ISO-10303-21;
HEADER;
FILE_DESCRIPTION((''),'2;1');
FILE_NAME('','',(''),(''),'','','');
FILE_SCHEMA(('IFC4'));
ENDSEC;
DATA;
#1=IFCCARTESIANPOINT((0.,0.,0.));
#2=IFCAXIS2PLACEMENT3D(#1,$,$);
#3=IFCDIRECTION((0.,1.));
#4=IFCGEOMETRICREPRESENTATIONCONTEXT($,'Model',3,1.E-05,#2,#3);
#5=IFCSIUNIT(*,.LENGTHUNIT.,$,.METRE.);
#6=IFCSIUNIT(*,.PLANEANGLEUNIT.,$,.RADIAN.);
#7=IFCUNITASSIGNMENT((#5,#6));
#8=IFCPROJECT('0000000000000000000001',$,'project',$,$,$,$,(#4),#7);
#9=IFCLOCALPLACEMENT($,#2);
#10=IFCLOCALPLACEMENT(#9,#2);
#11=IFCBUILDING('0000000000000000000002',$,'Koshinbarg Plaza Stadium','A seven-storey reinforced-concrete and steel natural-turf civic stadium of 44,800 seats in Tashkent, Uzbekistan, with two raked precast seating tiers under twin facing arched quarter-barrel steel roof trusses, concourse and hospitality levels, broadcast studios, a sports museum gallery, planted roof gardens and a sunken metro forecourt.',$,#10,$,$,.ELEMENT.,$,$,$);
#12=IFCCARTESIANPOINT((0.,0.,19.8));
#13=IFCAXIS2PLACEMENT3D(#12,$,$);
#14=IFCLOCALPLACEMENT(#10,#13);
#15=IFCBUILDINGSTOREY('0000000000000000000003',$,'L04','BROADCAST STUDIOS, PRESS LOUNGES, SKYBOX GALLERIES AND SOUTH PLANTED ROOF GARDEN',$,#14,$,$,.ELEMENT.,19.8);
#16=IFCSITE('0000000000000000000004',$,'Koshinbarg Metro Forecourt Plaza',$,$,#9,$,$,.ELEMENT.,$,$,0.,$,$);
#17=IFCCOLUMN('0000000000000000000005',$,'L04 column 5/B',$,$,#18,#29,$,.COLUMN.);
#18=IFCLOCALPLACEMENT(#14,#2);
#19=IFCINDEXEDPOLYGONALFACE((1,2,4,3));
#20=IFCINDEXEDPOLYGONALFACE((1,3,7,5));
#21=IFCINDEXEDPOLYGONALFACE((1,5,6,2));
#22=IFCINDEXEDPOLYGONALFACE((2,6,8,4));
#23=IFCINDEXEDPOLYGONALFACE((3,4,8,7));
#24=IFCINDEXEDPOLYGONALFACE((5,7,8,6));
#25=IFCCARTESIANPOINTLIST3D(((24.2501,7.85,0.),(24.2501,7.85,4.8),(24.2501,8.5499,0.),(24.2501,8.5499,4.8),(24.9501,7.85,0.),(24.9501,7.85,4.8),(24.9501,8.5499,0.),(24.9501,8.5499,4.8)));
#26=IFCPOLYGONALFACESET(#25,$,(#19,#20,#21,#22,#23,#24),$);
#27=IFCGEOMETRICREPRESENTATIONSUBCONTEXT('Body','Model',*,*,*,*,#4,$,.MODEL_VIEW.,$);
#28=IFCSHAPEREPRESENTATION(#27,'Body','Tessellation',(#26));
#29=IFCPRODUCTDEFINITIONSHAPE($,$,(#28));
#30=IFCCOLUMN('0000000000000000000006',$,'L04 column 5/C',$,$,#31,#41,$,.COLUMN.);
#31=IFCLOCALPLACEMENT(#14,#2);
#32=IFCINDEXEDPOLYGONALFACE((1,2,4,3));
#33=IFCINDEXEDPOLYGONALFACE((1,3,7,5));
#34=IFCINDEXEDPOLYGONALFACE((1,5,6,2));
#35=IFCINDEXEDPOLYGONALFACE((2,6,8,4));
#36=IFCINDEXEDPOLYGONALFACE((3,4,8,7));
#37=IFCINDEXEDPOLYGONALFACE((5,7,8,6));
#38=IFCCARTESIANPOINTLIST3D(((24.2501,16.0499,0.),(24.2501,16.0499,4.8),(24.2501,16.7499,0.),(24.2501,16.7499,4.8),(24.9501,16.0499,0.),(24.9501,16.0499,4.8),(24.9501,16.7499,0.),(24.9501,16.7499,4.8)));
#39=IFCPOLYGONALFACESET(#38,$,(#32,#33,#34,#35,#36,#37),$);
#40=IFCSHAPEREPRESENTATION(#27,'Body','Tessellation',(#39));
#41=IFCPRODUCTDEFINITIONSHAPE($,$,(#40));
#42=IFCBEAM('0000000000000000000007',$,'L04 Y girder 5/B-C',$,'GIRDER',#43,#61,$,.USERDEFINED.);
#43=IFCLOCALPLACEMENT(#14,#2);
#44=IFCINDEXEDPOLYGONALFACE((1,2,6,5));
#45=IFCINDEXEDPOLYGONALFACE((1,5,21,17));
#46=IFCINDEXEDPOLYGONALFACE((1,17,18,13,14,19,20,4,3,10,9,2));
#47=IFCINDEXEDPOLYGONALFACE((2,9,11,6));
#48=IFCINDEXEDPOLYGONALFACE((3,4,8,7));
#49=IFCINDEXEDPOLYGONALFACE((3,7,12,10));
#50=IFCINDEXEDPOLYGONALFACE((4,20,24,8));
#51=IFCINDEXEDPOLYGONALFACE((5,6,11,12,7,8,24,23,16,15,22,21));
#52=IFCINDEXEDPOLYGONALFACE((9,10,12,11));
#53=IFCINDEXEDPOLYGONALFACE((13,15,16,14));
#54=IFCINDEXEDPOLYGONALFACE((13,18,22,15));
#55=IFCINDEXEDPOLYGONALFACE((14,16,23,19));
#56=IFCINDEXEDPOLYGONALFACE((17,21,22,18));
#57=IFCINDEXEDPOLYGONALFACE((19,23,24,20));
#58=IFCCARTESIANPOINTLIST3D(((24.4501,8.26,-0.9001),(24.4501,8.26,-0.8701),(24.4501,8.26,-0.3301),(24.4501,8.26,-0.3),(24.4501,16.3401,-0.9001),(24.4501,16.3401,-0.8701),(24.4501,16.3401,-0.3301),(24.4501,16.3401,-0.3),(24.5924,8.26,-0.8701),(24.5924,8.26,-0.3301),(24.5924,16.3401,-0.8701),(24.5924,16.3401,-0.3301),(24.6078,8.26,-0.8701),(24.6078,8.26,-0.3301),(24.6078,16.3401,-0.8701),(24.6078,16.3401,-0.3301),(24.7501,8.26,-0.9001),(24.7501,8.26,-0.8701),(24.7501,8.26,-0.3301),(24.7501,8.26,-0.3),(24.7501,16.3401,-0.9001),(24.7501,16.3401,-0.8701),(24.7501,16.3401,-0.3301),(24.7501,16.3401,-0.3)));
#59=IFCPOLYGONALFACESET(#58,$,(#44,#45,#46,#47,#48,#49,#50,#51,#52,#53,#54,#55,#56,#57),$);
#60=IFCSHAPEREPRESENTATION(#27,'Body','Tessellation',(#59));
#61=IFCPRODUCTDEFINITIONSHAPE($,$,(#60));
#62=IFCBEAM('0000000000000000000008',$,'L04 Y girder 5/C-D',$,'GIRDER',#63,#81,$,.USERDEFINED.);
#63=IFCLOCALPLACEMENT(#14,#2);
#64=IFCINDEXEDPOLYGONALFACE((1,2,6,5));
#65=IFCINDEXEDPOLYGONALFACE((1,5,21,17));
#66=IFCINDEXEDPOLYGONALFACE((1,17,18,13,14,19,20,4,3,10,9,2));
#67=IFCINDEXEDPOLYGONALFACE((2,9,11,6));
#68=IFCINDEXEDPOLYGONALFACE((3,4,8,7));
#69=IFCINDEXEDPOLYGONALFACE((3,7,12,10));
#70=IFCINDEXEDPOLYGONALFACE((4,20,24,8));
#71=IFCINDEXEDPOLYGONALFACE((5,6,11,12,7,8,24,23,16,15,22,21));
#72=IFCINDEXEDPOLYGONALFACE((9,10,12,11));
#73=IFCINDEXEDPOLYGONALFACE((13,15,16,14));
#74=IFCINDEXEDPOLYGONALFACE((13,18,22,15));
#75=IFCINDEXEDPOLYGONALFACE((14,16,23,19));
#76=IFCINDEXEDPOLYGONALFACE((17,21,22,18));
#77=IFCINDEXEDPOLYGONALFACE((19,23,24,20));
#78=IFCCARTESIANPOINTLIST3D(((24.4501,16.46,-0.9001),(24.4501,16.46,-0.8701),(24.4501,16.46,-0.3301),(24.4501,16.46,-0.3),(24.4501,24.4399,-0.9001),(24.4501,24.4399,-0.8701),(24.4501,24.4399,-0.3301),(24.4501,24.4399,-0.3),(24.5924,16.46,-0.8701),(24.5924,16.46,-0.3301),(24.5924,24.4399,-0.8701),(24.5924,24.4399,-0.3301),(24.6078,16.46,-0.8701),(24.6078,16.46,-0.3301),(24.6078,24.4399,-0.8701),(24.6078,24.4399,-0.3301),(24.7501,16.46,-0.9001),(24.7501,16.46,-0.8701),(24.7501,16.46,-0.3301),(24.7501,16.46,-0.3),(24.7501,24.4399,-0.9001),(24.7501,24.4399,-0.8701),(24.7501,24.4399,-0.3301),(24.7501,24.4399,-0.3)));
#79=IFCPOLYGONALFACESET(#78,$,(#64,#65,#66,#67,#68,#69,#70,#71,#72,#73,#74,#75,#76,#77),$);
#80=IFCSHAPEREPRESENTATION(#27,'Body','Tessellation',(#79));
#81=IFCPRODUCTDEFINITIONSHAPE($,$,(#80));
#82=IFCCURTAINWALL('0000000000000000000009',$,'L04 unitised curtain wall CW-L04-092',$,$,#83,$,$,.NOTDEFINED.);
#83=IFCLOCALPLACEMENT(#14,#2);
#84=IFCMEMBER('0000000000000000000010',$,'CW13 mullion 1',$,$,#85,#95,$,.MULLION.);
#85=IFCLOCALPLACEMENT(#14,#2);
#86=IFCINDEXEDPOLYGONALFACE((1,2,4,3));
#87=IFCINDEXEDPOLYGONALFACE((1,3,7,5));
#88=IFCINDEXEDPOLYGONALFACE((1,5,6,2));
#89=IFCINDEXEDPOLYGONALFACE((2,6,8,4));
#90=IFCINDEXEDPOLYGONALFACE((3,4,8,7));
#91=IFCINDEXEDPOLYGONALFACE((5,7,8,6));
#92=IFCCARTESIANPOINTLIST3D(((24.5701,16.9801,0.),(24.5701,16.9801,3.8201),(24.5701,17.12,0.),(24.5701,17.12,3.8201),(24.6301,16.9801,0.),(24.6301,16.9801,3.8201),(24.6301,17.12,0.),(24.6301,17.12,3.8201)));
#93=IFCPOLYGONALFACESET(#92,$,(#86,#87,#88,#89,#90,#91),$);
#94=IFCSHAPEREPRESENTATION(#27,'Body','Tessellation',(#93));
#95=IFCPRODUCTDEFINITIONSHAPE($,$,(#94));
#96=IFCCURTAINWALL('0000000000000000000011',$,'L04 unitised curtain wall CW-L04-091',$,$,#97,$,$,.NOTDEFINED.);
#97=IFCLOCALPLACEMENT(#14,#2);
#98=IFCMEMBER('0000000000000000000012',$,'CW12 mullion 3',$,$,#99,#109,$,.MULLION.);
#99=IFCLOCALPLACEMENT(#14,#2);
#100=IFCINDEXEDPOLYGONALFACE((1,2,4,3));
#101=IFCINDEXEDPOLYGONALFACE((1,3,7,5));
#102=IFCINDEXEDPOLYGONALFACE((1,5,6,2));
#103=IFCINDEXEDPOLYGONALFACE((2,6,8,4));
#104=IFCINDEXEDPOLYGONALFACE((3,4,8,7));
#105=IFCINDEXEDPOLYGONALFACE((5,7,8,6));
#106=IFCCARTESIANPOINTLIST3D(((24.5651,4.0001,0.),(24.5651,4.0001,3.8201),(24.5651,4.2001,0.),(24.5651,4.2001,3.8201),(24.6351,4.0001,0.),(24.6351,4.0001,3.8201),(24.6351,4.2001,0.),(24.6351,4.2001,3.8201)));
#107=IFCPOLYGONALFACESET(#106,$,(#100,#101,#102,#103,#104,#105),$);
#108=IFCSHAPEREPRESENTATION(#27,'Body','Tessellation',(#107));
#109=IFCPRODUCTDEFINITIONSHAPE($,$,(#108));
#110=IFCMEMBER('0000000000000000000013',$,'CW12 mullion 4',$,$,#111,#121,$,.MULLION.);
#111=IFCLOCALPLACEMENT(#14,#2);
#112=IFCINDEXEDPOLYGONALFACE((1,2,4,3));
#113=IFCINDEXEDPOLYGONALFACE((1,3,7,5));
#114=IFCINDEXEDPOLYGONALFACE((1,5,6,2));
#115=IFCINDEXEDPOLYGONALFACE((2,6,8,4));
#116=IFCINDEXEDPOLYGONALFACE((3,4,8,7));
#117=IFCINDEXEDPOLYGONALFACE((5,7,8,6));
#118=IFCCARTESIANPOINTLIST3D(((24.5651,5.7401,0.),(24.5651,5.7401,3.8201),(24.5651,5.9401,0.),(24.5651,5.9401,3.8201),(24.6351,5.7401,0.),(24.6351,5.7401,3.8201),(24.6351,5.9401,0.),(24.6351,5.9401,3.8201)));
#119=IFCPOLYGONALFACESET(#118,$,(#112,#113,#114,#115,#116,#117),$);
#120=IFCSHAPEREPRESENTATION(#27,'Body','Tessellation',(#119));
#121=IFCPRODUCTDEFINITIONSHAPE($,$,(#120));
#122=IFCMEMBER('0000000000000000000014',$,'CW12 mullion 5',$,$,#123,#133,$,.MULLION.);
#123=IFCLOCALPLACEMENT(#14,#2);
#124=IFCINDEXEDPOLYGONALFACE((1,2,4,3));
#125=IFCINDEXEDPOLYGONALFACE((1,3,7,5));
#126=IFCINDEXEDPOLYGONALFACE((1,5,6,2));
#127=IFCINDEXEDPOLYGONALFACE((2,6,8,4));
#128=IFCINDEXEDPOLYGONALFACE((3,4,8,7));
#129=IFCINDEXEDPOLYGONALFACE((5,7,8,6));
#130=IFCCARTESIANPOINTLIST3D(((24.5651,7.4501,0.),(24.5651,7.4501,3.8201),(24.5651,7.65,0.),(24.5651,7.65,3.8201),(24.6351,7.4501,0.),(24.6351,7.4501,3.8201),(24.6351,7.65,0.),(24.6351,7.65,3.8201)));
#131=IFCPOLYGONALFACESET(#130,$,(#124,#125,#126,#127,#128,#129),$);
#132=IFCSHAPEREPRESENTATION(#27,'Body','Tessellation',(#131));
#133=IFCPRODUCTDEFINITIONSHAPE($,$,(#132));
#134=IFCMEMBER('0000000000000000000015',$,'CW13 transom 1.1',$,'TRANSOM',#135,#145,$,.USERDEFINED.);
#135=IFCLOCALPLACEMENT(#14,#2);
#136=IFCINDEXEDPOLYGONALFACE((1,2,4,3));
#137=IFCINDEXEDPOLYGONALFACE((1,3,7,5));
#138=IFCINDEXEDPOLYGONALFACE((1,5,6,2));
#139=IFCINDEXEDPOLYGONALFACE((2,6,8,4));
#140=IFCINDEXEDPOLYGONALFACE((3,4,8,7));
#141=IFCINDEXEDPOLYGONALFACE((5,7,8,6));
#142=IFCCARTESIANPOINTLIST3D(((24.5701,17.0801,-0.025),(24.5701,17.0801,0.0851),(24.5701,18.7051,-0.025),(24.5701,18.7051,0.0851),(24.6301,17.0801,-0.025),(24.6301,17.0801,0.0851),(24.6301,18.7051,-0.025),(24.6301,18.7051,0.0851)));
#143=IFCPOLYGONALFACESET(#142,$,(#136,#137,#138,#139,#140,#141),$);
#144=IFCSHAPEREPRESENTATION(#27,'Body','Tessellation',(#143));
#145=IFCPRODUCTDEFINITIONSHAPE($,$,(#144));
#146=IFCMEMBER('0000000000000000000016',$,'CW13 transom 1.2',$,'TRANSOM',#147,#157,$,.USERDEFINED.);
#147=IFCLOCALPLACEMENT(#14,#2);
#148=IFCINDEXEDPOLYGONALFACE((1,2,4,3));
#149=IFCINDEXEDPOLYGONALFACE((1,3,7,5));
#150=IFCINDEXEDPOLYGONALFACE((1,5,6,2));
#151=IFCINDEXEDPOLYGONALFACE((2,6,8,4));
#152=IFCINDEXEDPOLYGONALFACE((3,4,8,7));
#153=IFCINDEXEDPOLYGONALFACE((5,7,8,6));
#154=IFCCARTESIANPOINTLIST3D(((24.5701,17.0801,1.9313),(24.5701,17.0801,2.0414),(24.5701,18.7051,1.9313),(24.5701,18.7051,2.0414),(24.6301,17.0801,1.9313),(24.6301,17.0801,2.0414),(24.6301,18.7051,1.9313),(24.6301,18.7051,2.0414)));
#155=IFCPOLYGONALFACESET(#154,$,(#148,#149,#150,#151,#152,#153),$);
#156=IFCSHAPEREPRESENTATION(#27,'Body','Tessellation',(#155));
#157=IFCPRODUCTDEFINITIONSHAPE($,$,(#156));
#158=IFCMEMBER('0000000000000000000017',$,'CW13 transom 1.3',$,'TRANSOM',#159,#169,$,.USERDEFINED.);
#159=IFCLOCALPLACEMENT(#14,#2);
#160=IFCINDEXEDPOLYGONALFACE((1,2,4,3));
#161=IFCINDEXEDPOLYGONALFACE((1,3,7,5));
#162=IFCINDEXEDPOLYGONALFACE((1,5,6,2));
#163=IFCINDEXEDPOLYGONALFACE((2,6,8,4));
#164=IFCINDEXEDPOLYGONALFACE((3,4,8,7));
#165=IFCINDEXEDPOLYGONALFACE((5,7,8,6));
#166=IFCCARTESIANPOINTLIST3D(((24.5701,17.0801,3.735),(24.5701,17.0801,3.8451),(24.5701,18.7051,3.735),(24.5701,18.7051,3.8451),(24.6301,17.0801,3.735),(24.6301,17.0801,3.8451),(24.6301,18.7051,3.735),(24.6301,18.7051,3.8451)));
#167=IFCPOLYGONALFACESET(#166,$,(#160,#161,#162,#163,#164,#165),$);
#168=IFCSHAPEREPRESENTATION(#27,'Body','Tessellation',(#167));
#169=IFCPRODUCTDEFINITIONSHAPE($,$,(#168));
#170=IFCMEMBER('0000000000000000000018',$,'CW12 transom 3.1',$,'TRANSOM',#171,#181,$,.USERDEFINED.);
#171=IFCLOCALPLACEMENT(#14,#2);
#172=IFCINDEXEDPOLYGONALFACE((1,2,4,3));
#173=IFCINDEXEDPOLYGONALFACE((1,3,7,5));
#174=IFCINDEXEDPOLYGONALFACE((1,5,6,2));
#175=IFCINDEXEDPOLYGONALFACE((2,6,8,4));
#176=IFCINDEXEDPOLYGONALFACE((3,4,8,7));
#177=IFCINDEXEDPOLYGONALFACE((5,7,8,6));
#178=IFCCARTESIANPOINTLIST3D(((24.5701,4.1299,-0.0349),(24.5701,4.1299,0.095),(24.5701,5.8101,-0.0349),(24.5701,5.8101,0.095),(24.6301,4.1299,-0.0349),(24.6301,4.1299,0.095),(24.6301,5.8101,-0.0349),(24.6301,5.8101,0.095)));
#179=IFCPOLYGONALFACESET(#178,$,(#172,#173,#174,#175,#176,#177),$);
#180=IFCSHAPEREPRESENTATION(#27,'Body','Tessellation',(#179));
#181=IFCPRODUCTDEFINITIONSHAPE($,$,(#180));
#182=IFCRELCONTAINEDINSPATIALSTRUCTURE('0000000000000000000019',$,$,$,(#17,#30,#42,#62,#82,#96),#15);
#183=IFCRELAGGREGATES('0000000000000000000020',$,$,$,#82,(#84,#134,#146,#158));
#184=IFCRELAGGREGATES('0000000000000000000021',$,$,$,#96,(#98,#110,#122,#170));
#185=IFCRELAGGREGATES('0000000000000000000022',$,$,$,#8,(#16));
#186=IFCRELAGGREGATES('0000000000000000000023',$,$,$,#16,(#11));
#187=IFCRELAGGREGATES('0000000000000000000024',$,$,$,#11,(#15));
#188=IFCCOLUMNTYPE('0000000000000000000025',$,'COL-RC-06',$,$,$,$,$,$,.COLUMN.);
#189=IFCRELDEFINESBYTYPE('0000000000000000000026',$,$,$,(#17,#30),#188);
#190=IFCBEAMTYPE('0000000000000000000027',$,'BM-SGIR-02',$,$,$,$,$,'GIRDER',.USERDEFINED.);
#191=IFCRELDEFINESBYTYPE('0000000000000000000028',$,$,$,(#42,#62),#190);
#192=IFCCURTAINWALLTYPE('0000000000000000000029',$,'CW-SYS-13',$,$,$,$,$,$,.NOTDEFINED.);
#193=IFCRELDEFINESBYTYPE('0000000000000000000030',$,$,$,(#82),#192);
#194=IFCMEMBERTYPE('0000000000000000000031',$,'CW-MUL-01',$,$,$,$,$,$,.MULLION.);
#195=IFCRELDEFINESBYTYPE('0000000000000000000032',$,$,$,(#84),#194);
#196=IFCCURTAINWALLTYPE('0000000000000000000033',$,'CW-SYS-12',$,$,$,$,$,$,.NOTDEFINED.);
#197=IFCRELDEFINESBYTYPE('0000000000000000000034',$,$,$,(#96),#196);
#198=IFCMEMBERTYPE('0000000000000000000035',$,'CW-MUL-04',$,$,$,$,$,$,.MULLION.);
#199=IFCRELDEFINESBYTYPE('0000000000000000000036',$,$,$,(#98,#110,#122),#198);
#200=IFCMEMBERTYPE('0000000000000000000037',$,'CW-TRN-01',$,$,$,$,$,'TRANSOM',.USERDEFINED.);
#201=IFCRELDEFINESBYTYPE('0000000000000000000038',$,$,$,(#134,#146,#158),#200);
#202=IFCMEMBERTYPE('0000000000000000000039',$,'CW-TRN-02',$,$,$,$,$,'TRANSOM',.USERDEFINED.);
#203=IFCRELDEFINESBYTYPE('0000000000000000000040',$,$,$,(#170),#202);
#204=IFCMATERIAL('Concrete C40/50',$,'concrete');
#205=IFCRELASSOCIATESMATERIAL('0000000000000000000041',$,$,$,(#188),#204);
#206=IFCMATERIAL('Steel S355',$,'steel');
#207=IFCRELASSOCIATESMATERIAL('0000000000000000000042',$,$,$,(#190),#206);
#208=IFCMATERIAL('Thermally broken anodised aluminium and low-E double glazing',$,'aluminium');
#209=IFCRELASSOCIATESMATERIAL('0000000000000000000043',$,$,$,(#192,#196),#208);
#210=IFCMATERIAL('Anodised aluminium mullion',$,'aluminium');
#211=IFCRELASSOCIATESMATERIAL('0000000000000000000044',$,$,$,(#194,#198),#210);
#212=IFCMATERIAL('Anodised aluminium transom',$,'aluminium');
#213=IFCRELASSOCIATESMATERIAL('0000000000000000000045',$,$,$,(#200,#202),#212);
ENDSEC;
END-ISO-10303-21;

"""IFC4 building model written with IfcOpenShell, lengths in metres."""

from ifc_helpers import new_model, si_unit, direction, frame, origin, origin_2d, place, context, subcontext, project, spatial, rectangle, i_section, extrude, material, material_profile, profile_set, type_object, element, aggregate, save


model = new_model("IFC4")

# Units and contexts
model_context = context("Model", 3, precision=1e-05, world=origin(), true_north=direction((0.0, 1.0)))
body_context = subcontext(model_context, "Body", "Model", "MODEL_VIEW")
ifc_project = project(units=[si_unit("LENGTHUNIT", "METRE"), si_unit("PLANEANGLEUNIT", "RADIAN")], contexts=[model_context])

# Site, building, storey
site_placement = place(None, origin())
site = spatial("IfcSite", under=ifc_project, at=site_placement, Name="Koshinbarg Metro Forecourt Plaza", CompositionType="ELEMENT", RefElevation=0.0)
building_placement = place(site_placement, origin())
building = spatial("IfcBuilding", under=site, at=building_placement, Name="Koshinbarg Plaza Stadium", Description="A seven-storey reinforced-concrete and steel natural-turf civic stadium of 44,800 seats in Tashkent, Uzbekistan, with two raked precast seating tiers under twin facing arched quarter-barrel steel roof trusses, concourse and hospitality levels, broadcast studios, a sports museum gallery, planted roof gardens and a sunken metro forecourt.", CompositionType="ELEMENT")
storey_placement = place(building_placement, frame((0.0, 0.0, 19.8)))
storey = spatial("IfcBuildingStorey", under=building, at=storey_placement, Name="L04", Description="BROADCAST STUDIOS, PRESS LOUNGES, SKYBOX GALLERIES AND SOUTH PLANTED ROOF GARDEN", CompositionType="ELEMENT", Elevation=19.8)

# Columns
ifc_material_1 = material(Name="Concrete C40/50", Category="concrete")
ifc_material_profile_1 = material_profile(ifc_material_1, rectangle(XDim=0.7, YDim=0.7, at=origin_2d()), Name="RC 700x700")
ifc_profile_set_1 = profile_set([ifc_material_profile_1], Name="Concrete C40/50")
column_type = type_object("IfcColumnType", Name="COL-RC-06", PredefinedType="COLUMN", material=ifc_profile_set_1)
for number, where, z_axis, x_axis, name in (
    (1, (24.6001, 8.2, 0.0), (0.0, 0.0, 1.0), (1.0, 0.0, 0.0), "L04 column 5/B"),
    (2, (24.6001, 16.3999, 0.0), (0.0, 0.0, 1.0), (1.0, 0.0, 0.0), "L04 column 5/C"),
):
    element("IfcColumn", number, at=place(storey_placement, frame(where, z_axis=z_axis, x_axis=x_axis)), inside=storey, type_object=column_type, Name=name, PredefinedType="COLUMN", context=body_context, shape_type="SweptSolid", body=[
        extrude(rectangle(XDim=0.7, YDim=0.7, at=origin_2d()), origin(), (0.0, 0.0, 1.0), 4.8),
    ])

# Beams
ifc_material_2 = material(Name="Steel S355", Category="steel")
ifc_material_profile_2 = material_profile(ifc_material_2, i_section(OverallWidth=0.3, OverallDepth=0.6001, WebThickness=0.0154, FlangeThickness=0.03, at=origin_2d()), Name="HEB 600")
ifc_profile_set_2 = profile_set([ifc_material_profile_2], Name="Steel S355")
beam_type = type_object("IfcBeamType", Name="BM-SGIR-02", ElementType="GIRDER", PredefinedType="USERDEFINED", material=ifc_profile_set_2)
beam_1_placement = place(storey_placement, frame((24.6001, 8.26, -0.6001), z_axis=(0.0, 1.0, 0.0), x_axis=(-1.0, 0.0, 0.0)))
element("IfcBeam", 3, at=beam_1_placement, inside=storey, type_object=beam_type, Name="L04 Y girder 5/B-C", ObjectType="GIRDER", PredefinedType="USERDEFINED", context=body_context, shape_type="SweptSolid", body=[
    extrude(i_section(OverallWidth=0.3, OverallDepth=0.6001, WebThickness=0.0154, FlangeThickness=0.03, at=origin_2d()), origin(), (0.0, 0.0, 1.0), 8.0801),
])
beam_2_placement = place(storey_placement, frame((24.6001, 16.46, -0.6001), z_axis=(0.0, 1.0, 0.0), x_axis=(-1.0, 0.0, 0.0)))
element("IfcBeam", 4, at=beam_2_placement, inside=storey, type_object=beam_type, Name="L04 Y girder 5/C-D", ObjectType="GIRDER", PredefinedType="USERDEFINED", context=body_context, shape_type="SweptSolid", body=[
    extrude(i_section(OverallWidth=0.3, OverallDepth=0.6001, WebThickness=0.0154, FlangeThickness=0.03, at=origin_2d()), origin(), (0.0, 0.0, 1.0), 7.98),
])

# Curtain wall, member
ifc_material_3 = material(Name="Thermally broken anodised aluminium and low-E double glazing", Category="aluminium")
curtain_wall_type_1 = type_object("IfcCurtainWallType", Name="CW-SYS-13", PredefinedType="NOTDEFINED", material=ifc_material_3)
curtain_wall_1_placement = place(storey_placement, origin())
curtain_wall_1 = element("IfcCurtainWall", 5, at=curtain_wall_1_placement, inside=storey, type_object=curtain_wall_type_1, Name="L04 unitised curtain wall CW-L04-092", PredefinedType="NOTDEFINED")
ifc_material_4 = material(Name="Anodised aluminium mullion", Category="aluminium")
ifc_material_profile_3 = material_profile(ifc_material_4, rectangle(XDim=0.0601, YDim=0.1399, at=origin_2d()), Name="ALU 60x140")
ifc_profile_set_3 = profile_set([ifc_material_profile_3], Name="Anodised aluminium mullion")
member_type_1 = type_object("IfcMemberType", Name="CW-MUL-01", PredefinedType="MULLION", material=ifc_profile_set_3)
member_1_placement = place(storey_placement, frame((24.6001, 17.05, 0.0), z_axis=(0.0, 0.0, 1.0), x_axis=(-1.0, 0.0, 0.0)))
member_1 = element("IfcMember", 6, at=member_1_placement, type_object=member_type_1, Name="CW13 mullion 1", PredefinedType="MULLION", context=body_context, shape_type="SweptSolid", body=[
    extrude(rectangle(XDim=0.0601, YDim=0.1399, at=origin_2d()), origin(), (0.0, 0.0, 1.0), 3.8201),
])

# Curtain wall, members
curtain_wall_type_2 = type_object("IfcCurtainWallType", Name="CW-SYS-12", PredefinedType="NOTDEFINED", material=ifc_material_3)
curtain_wall_2_placement = place(storey_placement, origin())
curtain_wall_2 = element("IfcCurtainWall", 7, at=curtain_wall_2_placement, inside=storey, type_object=curtain_wall_type_2, Name="L04 unitised curtain wall CW-L04-091", PredefinedType="NOTDEFINED")
ifc_material_profile_4 = material_profile(ifc_material_4, rectangle(XDim=0.0701, YDim=0.2, at=origin_2d()), Name="ALU 70x200")
ifc_profile_set_4 = profile_set([ifc_material_profile_4], Name="Anodised aluminium mullion")
member_type_2 = type_object("IfcMemberType", Name="CW-MUL-04", PredefinedType="MULLION", material=ifc_profile_set_4)
member_2_placement = place(storey_placement, frame((24.6001, 4.1001, 0.0), z_axis=(0.0, 0.0, 1.0), x_axis=(-1.0, 0.0, 0.0)))
member_2 = element("IfcMember", 8, at=member_2_placement, type_object=member_type_2, Name="CW12 mullion 3", PredefinedType="MULLION", context=body_context, shape_type="SweptSolid", body=[
    extrude(rectangle(XDim=0.0701, YDim=0.2, at=origin_2d()), origin(), (0.0, 0.0, 1.0), 3.8201),
])
member_3_placement = place(storey_placement, frame((24.6001, 5.8401, 0.0), z_axis=(0.0, 0.0, 1.0), x_axis=(-1.0, 0.0, 0.0)))
member_3 = element("IfcMember", 9, at=member_3_placement, type_object=member_type_2, Name="CW12 mullion 4", PredefinedType="MULLION", context=body_context, shape_type="SweptSolid", body=[
    extrude(rectangle(XDim=0.0701, YDim=0.2, at=origin_2d()), origin(), (0.0, 0.0, 1.0), 3.8201),
])
member_4_placement = place(storey_placement, frame((24.6001, 7.55, 0.0), z_axis=(0.0, 0.0, 1.0), x_axis=(-1.0, 0.0, 0.0)))
member_4 = element("IfcMember", 10, at=member_4_placement, type_object=member_type_2, Name="CW12 mullion 5", PredefinedType="MULLION", context=body_context, shape_type="SweptSolid", body=[
    extrude(rectangle(XDim=0.0701, YDim=0.2, at=origin_2d()), origin(), (0.0, 0.0, 1.0), 3.8201),
])

# Members
ifc_material_5 = material(Name="Anodised aluminium transom", Category="aluminium")
ifc_material_profile_5 = material_profile(ifc_material_5, rectangle(XDim=0.0601, YDim=0.1101, at=origin_2d()), Name="ALU 60x110")
ifc_profile_set_5 = profile_set([ifc_material_profile_5], Name="Anodised aluminium transom")
member_type_3 = type_object("IfcMemberType", Name="CW-TRN-01", ElementType="TRANSOM", PredefinedType="USERDEFINED", material=ifc_profile_set_5)
member_5_placement = place(storey_placement, frame((24.6001, 17.0801, 0.03), z_axis=(0.0, 1.0, 0.0), x_axis=(-1.0, 0.0, 0.0)))
member_5 = element("IfcMember", 11, at=member_5_placement, type_object=member_type_3, Name="CW13 transom 1.1", ObjectType="TRANSOM", PredefinedType="USERDEFINED", context=body_context, shape_type="SweptSolid", body=[
    extrude(rectangle(XDim=0.0601, YDim=0.1101, at=origin_2d()), origin(), (0.0, 0.0, 1.0), 1.625),
])
member_6_placement = place(storey_placement, frame((24.6001, 17.0801, 1.9863), z_axis=(0.0, 1.0, 0.0), x_axis=(-1.0, 0.0, 0.0)))
member_6 = element("IfcMember", 12, at=member_6_placement, type_object=member_type_3, Name="CW13 transom 1.2", ObjectType="TRANSOM", PredefinedType="USERDEFINED", context=body_context, shape_type="SweptSolid", body=[
    extrude(rectangle(XDim=0.0601, YDim=0.1101, at=origin_2d()), origin(), (0.0, 0.0, 1.0), 1.625),
])
member_7_placement = place(storey_placement, frame((24.6001, 17.0801, 3.79), z_axis=(0.0, 1.0, 0.0), x_axis=(-1.0, 0.0, 0.0)))
member_7 = element("IfcMember", 13, at=member_7_placement, type_object=member_type_3, Name="CW13 transom 1.3", ObjectType="TRANSOM", PredefinedType="USERDEFINED", context=body_context, shape_type="SweptSolid", body=[
    extrude(rectangle(XDim=0.0601, YDim=0.1101, at=origin_2d()), origin(), (0.0, 0.0, 1.0), 1.625),
])
ifc_material_profile_6 = material_profile(ifc_material_5, rectangle(XDim=0.0601, YDim=0.1299, at=origin_2d()), Name="ALU 60x130")
ifc_profile_set_6 = profile_set([ifc_material_profile_6], Name="Anodised aluminium transom")
member_type_4 = type_object("IfcMemberType", Name="CW-TRN-02", ElementType="TRANSOM", PredefinedType="USERDEFINED", material=ifc_profile_set_6)
member_8_placement = place(storey_placement, frame((24.6001, 4.1299, 0.03), z_axis=(0.0, 1.0, 0.0), x_axis=(-1.0, 0.0, 0.0)))
member_8 = element("IfcMember", 14, at=member_8_placement, type_object=member_type_4, Name="CW12 transom 3.1", ObjectType="TRANSOM", PredefinedType="USERDEFINED", context=body_context, shape_type="SweptSolid", body=[
    extrude(rectangle(XDim=0.0601, YDim=0.1299, at=origin_2d()), origin(), (0.0, 0.0, 1.0), 1.6802),
])

aggregate(curtain_wall_1, [member_1, member_5, member_6, member_7])
aggregate(curtain_wall_2, [member_2, member_3, member_4, member_8])

save(model, "model.ifc")
